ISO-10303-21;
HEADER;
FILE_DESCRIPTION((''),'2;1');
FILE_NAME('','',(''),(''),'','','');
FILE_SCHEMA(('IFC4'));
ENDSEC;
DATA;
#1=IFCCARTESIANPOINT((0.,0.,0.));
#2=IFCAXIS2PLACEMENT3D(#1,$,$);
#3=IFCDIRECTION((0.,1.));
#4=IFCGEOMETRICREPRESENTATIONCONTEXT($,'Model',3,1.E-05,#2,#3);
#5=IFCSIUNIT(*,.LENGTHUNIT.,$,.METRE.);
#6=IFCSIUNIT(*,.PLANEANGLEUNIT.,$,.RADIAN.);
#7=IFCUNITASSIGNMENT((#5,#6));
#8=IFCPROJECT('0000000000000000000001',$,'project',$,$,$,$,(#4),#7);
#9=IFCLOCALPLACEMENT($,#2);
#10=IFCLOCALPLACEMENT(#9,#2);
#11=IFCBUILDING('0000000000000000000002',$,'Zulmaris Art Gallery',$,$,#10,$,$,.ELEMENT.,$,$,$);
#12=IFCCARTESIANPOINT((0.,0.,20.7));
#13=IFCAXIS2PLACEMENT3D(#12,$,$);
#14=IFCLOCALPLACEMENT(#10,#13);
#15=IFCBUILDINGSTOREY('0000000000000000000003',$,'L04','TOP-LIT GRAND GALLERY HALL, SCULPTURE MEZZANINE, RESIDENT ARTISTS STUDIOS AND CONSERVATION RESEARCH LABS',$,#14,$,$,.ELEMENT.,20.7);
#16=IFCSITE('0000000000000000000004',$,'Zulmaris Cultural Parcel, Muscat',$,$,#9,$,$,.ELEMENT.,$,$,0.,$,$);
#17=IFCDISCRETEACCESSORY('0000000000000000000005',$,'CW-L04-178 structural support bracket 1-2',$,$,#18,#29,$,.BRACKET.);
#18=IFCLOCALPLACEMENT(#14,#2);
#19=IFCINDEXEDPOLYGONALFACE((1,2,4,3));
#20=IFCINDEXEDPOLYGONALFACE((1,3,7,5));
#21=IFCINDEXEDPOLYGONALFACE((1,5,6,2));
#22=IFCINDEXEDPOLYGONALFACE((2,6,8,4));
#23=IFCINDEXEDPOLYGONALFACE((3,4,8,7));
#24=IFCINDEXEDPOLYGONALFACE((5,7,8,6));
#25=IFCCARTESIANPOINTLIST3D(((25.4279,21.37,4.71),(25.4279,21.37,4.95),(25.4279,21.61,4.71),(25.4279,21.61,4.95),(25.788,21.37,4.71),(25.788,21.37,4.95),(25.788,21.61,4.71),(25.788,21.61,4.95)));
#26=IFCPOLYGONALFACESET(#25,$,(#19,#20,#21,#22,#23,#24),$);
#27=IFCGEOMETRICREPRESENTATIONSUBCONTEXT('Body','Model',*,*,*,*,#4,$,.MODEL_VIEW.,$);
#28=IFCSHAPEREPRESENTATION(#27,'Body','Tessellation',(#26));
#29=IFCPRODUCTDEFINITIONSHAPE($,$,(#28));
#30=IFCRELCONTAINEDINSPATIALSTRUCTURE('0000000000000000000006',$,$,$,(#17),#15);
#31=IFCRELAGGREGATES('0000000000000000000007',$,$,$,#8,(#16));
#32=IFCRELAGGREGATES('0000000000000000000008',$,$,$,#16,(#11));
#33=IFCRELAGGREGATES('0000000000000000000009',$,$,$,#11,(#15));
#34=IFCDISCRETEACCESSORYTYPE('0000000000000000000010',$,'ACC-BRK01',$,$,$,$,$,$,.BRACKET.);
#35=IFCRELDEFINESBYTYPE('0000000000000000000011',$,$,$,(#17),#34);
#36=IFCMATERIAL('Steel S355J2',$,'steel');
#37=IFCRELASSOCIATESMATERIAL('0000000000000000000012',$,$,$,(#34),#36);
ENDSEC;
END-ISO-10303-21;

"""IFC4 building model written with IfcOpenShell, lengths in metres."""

from ifc_helpers import new_model, si_unit, direction, frame, origin, origin_2d, place, context, subcontext, project, spatial, rectangle, extrude, material, type_object, element, save


model = new_model("IFC4")

# Units and contexts
model_context = context("Model", 3, precision=1e-05, world=origin(), true_north=direction((0.0, 1.0)))
body_context = subcontext(model_context, "Body", "Model", "MODEL_VIEW")
ifc_project = project(units=[si_unit("LENGTHUNIT", "METRE"), si_unit("PLANEANGLEUNIT", "RADIAN")], contexts=[model_context])

# Site, building, storey
site_placement = place(None, origin())
site = spatial("IfcSite", under=ifc_project, at=site_placement, Name="Zulmaris Cultural Parcel, Muscat", CompositionType="ELEMENT", RefElevation=0.0)
building_placement = place(site_placement, origin())
building = spatial("IfcBuilding", under=site, at=building_placement, Name="Zulmaris Art Gallery", CompositionType="ELEMENT")
storey_placement = place(building_placement, frame((0.0, 0.0, 20.7)))
storey = spatial("IfcBuildingStorey", under=building, at=storey_placement, Name="L04", Description="TOP-LIT GRAND GALLERY HALL, SCULPTURE MEZZANINE, RESIDENT ARTISTS STUDIOS AND CONSERVATION RESEARCH LABS", CompositionType="ELEMENT", Elevation=20.7)

# Discrete accessory
ifc_material_1 = material(Name="Steel S355J2", Category="steel")
discrete_accessory_type = type_object("IfcDiscreteAccessoryType", Name="ACC-BRK01", PredefinedType="BRACKET", material=ifc_material_1)
for number, where, z_axis, x_axis, name in (
    (1, (25.6079, 21.49, 4.71), (0.0, 0.0, 1.0), (1.0, 0.0, 0.0), "CW-L04-178 structural support bracket 1-2"),
):
    element("IfcDiscreteAccessory", number, at=place(storey_placement, frame(where, z_axis=z_axis, x_axis=x_axis)), inside=storey, type_object=discrete_accessory_type, Name=name, PredefinedType="BRACKET", context=body_context, shape_type="SweptSolid", body=[
        extrude(rectangle(XDim=0.3601, YDim=0.24, at=origin_2d()), origin(), (0.0, 0.0, 1.0), 0.24),
    ])

save(model, "model.ifc")
